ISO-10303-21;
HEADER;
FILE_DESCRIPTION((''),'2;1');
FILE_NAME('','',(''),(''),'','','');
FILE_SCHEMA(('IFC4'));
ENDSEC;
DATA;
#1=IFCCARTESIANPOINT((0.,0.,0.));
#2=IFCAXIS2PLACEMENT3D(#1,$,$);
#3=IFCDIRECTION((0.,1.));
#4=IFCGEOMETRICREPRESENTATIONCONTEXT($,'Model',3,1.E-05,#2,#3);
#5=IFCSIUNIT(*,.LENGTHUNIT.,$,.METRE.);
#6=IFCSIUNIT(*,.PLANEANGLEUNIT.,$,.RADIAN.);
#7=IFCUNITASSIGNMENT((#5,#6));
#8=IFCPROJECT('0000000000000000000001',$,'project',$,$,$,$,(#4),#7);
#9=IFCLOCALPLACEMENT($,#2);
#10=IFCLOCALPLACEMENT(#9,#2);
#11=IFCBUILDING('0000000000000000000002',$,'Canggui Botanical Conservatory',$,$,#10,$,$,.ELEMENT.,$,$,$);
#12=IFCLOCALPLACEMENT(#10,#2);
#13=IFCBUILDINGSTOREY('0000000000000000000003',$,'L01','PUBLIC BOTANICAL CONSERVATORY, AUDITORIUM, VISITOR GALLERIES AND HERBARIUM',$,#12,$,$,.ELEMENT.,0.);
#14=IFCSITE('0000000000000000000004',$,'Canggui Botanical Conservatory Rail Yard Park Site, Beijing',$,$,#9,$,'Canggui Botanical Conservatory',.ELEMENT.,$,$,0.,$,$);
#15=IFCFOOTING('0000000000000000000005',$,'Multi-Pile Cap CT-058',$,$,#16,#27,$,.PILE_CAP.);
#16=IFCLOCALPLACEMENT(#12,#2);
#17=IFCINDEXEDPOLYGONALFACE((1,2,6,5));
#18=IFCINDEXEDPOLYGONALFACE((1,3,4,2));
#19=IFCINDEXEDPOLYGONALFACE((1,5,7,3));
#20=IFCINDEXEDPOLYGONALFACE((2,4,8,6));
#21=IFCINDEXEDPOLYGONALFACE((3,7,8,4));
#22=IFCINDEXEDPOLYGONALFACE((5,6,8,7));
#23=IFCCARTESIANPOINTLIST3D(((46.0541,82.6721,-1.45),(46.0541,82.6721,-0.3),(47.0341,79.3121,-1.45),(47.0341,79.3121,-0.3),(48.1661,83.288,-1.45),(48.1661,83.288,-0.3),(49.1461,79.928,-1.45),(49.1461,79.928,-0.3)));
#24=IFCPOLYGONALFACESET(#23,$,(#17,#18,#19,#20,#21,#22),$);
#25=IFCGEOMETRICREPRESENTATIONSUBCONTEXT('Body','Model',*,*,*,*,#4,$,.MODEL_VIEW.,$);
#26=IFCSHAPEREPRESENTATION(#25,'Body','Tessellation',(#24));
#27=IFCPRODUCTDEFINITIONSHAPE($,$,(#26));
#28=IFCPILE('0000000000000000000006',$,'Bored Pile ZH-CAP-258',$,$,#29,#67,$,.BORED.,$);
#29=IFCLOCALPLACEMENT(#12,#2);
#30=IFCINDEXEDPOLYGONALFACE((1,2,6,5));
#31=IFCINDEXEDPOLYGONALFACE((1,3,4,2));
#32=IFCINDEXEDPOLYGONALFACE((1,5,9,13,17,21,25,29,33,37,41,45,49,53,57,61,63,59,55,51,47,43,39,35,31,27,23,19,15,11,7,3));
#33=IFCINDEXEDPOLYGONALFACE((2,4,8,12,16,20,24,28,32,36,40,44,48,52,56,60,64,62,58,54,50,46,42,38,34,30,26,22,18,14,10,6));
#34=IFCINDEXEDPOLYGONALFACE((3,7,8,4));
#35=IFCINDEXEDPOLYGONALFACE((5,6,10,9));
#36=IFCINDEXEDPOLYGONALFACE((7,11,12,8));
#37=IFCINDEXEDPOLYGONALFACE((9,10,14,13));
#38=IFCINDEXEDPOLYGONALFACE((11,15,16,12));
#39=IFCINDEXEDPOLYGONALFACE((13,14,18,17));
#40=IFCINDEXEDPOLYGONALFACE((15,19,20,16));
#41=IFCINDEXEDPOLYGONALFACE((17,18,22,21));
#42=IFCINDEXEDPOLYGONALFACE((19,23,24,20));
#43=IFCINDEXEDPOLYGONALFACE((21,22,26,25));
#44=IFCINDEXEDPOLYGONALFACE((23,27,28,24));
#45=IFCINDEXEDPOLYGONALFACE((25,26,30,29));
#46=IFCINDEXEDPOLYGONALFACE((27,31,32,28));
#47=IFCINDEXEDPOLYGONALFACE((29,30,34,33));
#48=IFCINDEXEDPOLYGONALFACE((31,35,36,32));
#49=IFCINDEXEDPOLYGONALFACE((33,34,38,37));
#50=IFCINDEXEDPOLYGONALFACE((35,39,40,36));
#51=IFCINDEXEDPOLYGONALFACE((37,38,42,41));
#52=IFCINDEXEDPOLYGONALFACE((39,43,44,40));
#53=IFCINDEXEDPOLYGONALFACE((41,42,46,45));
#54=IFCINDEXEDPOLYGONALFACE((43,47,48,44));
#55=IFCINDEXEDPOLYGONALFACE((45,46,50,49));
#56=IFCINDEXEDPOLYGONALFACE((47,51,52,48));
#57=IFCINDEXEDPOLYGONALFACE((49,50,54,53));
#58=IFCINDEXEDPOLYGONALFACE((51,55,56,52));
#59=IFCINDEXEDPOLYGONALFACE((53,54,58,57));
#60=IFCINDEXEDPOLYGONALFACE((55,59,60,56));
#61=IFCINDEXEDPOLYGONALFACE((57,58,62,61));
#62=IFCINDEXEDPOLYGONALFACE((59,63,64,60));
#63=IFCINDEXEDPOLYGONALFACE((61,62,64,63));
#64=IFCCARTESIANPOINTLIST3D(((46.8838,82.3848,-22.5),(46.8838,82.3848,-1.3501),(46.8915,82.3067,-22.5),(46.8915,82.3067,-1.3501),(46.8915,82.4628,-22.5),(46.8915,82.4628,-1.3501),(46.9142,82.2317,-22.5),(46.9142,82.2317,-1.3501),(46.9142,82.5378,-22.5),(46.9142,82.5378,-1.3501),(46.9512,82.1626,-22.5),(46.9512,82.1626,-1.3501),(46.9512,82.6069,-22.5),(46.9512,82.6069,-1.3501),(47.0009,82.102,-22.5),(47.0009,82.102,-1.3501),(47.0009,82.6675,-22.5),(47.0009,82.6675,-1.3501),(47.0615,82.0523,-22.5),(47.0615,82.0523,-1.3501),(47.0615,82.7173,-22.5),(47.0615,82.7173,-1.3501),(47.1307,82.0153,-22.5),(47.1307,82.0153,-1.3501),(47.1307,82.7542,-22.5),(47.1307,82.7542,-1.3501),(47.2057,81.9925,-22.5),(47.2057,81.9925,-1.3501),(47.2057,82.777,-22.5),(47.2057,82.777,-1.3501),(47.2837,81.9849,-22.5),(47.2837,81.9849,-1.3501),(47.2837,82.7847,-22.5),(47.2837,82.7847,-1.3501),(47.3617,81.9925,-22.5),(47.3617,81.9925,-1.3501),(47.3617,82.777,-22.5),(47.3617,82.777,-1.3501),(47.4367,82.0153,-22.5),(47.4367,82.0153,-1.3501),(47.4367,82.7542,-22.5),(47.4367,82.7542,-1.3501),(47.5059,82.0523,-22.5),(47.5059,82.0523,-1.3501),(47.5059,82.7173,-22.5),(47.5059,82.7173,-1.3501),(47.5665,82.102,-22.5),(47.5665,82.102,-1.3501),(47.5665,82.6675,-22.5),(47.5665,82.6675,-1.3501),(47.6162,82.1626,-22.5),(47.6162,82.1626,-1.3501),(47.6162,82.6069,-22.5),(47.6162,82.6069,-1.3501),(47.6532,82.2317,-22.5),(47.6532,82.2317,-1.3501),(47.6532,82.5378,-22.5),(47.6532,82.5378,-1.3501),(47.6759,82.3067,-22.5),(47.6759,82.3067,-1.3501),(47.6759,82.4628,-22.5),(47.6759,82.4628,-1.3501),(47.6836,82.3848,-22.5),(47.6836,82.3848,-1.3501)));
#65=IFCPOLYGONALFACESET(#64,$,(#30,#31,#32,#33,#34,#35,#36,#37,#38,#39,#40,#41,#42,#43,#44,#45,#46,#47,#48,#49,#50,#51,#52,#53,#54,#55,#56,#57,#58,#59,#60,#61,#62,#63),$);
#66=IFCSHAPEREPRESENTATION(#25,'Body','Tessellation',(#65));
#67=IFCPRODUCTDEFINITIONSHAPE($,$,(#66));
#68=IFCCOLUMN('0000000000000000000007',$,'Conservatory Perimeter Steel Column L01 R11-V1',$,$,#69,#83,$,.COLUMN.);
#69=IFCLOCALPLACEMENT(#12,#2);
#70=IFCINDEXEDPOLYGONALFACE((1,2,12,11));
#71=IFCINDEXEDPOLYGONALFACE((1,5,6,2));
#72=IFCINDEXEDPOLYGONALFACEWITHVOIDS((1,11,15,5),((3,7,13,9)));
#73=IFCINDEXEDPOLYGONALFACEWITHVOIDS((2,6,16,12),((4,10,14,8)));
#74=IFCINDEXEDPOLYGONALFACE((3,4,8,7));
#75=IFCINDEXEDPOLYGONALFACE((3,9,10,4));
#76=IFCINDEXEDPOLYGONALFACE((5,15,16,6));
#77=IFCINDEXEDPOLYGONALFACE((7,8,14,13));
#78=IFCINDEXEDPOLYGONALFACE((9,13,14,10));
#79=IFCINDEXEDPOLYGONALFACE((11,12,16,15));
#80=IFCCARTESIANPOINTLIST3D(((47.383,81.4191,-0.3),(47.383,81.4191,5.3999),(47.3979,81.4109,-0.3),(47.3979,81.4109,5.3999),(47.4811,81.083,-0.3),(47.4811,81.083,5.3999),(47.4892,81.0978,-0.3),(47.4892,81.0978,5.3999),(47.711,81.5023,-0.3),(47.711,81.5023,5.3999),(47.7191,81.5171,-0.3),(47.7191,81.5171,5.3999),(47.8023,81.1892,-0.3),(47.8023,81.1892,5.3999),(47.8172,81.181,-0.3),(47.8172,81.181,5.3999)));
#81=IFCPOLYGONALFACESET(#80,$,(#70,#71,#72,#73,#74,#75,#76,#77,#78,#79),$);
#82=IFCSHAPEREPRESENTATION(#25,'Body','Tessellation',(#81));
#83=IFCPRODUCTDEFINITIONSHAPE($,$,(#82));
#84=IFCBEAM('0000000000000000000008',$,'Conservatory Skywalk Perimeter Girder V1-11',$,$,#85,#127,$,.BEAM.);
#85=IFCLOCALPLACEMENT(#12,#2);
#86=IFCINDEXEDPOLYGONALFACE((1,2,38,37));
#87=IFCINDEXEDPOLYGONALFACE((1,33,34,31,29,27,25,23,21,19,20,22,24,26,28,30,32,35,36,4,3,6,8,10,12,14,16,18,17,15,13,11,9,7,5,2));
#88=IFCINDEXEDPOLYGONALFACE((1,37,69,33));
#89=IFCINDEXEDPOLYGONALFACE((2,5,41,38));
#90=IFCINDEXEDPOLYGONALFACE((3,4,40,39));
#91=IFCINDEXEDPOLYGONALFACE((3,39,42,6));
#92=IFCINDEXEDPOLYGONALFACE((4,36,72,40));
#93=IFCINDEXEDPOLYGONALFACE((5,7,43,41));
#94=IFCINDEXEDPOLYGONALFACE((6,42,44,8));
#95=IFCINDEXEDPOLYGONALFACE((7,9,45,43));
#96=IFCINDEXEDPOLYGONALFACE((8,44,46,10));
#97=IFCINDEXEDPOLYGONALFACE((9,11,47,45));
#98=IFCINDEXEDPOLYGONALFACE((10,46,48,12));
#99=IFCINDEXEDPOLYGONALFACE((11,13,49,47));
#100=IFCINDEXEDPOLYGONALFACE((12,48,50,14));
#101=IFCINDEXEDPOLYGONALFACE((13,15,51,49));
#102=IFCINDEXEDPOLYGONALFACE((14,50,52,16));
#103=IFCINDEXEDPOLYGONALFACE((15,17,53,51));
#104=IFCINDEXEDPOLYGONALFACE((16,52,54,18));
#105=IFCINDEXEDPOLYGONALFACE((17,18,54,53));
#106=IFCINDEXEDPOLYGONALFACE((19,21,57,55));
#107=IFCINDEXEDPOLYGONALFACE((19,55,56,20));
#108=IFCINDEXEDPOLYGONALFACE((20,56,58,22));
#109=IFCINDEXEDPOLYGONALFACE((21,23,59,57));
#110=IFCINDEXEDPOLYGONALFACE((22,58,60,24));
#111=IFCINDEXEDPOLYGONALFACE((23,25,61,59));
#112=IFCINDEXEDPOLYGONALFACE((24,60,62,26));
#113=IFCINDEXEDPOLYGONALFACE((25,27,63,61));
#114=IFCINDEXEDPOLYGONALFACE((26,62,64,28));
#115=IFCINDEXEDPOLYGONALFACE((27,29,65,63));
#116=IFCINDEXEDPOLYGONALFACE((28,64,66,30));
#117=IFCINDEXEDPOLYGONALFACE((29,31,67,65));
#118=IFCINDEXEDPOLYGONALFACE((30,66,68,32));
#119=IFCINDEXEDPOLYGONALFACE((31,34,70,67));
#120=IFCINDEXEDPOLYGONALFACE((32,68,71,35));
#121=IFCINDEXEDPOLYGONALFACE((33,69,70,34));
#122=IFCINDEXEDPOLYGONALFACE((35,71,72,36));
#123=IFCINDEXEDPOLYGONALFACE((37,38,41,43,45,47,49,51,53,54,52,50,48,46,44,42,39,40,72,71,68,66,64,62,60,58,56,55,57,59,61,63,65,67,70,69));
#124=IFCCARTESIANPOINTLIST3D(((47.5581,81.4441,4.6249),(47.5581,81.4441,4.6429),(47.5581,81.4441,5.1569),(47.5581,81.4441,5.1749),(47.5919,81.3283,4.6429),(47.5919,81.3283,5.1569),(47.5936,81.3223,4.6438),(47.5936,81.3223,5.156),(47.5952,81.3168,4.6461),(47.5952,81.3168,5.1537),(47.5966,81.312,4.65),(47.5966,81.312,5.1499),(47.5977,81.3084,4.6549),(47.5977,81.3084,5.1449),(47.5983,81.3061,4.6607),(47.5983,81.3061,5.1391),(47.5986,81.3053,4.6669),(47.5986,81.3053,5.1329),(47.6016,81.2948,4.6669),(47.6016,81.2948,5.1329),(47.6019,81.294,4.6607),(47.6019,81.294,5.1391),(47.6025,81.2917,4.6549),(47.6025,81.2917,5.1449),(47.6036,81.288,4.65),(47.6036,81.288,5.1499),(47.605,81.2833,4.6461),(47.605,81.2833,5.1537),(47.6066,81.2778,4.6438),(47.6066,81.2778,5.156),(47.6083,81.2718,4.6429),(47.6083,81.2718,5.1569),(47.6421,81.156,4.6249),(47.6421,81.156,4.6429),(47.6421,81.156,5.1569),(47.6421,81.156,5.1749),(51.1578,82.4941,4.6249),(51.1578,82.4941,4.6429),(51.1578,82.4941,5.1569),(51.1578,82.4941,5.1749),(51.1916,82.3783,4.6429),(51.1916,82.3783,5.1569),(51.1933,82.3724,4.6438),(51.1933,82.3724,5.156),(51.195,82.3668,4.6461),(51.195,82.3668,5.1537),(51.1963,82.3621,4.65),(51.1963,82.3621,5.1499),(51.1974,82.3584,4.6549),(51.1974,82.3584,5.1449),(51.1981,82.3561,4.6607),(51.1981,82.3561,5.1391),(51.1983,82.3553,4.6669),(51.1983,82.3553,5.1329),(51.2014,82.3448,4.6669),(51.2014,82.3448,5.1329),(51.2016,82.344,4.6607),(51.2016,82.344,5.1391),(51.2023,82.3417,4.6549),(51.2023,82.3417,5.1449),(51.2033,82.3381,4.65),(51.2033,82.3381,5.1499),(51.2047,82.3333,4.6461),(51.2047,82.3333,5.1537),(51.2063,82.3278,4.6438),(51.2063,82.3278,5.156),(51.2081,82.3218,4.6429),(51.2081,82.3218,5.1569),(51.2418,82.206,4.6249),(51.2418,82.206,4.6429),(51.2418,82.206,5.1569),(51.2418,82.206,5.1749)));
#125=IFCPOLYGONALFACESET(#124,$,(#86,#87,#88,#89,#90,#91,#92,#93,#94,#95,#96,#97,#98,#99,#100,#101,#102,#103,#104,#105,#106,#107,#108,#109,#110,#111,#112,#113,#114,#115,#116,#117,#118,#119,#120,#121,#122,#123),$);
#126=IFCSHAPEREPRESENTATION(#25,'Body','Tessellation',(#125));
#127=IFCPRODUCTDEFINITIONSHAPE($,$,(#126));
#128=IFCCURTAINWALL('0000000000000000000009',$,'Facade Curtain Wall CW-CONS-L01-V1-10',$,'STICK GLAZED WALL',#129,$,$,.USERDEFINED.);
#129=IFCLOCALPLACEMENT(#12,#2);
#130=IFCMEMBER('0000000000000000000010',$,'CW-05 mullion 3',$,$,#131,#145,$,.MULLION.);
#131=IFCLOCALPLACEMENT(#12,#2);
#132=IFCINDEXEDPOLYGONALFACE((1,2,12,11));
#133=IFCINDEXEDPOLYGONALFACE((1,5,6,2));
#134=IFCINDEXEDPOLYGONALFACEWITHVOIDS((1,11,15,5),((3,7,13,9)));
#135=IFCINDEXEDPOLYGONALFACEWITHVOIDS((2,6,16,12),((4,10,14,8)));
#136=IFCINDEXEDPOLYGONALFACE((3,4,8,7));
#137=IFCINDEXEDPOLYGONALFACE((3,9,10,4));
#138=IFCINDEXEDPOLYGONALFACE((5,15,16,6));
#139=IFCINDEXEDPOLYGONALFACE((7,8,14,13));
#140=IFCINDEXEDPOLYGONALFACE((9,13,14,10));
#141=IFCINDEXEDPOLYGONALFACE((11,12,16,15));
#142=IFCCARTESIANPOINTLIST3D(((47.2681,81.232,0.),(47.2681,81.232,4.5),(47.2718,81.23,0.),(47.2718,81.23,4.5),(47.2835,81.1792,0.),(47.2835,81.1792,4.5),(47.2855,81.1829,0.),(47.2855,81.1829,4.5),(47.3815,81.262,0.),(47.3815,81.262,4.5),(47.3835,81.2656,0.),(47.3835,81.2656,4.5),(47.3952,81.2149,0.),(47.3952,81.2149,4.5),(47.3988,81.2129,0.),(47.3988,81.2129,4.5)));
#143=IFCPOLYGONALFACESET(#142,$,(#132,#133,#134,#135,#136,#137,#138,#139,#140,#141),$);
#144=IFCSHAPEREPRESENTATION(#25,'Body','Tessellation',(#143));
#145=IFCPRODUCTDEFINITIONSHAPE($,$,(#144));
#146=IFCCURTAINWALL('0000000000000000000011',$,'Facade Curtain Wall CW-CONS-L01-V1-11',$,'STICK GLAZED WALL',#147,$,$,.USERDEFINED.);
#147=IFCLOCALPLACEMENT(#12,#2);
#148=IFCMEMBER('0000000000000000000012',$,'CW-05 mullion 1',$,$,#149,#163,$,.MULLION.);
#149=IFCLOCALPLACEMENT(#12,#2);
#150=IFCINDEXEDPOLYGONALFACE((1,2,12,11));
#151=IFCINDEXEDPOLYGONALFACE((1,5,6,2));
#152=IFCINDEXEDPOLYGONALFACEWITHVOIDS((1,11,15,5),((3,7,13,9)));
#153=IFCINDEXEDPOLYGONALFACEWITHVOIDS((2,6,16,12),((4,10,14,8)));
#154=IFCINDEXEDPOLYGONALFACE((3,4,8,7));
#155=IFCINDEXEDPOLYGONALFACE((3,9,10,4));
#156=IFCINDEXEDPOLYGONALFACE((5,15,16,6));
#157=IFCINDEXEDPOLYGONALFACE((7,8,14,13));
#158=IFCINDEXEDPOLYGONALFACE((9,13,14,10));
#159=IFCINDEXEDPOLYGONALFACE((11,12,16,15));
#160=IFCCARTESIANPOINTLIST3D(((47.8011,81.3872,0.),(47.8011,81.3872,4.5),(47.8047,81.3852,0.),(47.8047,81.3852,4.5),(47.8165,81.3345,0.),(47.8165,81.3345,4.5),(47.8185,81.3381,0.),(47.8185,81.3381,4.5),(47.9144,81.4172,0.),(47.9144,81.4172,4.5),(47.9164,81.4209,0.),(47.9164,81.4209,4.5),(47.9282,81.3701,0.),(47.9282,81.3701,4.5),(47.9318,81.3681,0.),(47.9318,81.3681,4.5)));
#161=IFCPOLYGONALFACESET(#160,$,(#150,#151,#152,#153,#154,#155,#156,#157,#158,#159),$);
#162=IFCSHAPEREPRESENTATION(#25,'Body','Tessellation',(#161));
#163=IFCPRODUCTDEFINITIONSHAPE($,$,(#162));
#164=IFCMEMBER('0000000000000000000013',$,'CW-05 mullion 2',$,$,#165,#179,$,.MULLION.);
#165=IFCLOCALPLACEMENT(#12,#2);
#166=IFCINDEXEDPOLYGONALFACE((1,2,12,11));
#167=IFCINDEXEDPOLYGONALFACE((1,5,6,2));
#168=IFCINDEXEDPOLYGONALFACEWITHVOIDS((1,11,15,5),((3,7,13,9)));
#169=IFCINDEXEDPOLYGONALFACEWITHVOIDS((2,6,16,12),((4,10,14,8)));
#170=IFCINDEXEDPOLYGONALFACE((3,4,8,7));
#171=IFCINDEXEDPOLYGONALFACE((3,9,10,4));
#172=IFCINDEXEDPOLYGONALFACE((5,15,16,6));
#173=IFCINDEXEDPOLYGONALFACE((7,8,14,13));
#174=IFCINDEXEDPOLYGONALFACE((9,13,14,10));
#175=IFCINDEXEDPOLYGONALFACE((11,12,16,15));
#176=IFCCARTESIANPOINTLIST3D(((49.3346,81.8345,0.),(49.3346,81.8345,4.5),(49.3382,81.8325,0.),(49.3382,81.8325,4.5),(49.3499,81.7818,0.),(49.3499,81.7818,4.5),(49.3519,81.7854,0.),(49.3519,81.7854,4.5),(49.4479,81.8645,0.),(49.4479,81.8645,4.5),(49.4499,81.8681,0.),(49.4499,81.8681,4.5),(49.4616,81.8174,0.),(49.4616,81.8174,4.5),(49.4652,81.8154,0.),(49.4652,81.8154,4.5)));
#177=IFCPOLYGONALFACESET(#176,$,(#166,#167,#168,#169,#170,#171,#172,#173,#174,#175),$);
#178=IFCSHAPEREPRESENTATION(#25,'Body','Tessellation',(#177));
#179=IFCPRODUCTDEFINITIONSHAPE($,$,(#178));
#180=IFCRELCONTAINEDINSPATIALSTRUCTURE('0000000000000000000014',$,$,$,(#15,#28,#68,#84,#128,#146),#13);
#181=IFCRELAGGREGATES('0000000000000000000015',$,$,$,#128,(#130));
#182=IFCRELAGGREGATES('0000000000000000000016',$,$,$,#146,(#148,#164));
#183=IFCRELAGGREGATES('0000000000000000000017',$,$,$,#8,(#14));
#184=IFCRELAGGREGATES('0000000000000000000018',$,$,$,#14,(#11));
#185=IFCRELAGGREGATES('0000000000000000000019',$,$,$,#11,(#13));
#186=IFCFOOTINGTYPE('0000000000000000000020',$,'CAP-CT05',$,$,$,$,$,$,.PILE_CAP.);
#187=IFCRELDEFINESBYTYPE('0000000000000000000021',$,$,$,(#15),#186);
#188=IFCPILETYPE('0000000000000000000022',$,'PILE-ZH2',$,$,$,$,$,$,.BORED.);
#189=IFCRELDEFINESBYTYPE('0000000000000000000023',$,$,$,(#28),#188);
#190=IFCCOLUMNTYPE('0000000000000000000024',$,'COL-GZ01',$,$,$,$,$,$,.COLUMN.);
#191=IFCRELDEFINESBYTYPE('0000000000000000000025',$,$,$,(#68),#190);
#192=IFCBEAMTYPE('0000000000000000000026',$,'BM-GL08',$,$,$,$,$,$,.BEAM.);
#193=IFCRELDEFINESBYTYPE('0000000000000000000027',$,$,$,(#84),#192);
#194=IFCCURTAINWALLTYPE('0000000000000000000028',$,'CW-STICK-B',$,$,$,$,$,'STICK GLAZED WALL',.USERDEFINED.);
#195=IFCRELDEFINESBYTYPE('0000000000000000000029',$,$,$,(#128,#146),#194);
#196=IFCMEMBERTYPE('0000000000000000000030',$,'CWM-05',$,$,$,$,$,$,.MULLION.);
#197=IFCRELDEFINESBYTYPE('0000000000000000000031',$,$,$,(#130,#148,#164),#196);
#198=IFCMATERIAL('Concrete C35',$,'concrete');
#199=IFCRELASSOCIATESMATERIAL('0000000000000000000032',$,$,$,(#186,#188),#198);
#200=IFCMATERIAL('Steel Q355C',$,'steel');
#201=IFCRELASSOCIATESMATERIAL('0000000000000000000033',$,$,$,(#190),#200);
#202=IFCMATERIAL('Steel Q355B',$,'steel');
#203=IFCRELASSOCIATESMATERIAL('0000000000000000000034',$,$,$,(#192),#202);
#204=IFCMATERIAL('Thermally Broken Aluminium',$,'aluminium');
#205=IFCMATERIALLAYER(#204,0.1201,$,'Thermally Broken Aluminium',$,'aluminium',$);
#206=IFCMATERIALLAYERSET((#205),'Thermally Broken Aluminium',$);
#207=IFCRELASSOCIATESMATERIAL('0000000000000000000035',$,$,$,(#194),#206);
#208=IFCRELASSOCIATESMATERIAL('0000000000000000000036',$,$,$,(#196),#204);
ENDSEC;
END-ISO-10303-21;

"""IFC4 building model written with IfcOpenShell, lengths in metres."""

from ifc_helpers import new_model, si_unit, direction, frame, origin, origin_2d, place, context, subcontext, project, spatial, rectangle, hollow_rectangle, circle, i_section, extrude, material, layer, layer_set, material_profile, profile_set, type_object, element, aggregate, save


model = new_model("IFC4")

# Units and contexts
model_context = context("Model", 3, precision=1e-05, world=origin(), true_north=direction((0.0, 1.0)))
body_context = subcontext(model_context, "Body", "Model", "MODEL_VIEW")
ifc_project = project(units=[si_unit("LENGTHUNIT", "METRE"), si_unit("PLANEANGLEUNIT", "RADIAN")], contexts=[model_context])

# Site, building, storey
site_placement = place(None, origin())
site = spatial("IfcSite", under=ifc_project, at=site_placement, Name="Canggui Botanical Conservatory Rail Yard Park Site, Beijing", LongName="Canggui Botanical Conservatory", CompositionType="ELEMENT", RefElevation=0.0)
building_placement = place(site_placement, origin())
building = spatial("IfcBuilding", under=site, at=building_placement, Name="Canggui Botanical Conservatory", CompositionType="ELEMENT")
storey_placement = place(building_placement, origin())
storey = spatial("IfcBuildingStorey", under=building, at=storey_placement, Name="L01", Description="PUBLIC BOTANICAL CONSERVATORY, AUDITORIUM, VISITOR GALLERIES AND HERBARIUM", CompositionType="ELEMENT", Elevation=0.0)

# Footing
ifc_material_1 = material(Name="Concrete C35", Category="concrete")
footing_type = type_object("IfcFootingType", Name="CAP-CT05", PredefinedType="PILE_CAP", material=ifc_material_1)
footing_placement = place(storey_placement, frame((47.6001, 81.3, -1.45), z_axis=(0.0, 0.0, 1.0), x_axis=(-0.28, 0.96, 0.0)))
element("IfcFooting", 1, at=footing_placement, inside=storey, type_object=footing_type, Name="Multi-Pile Cap CT-058", PredefinedType="PILE_CAP", context=body_context, shape_type="SweptSolid", body=[
    extrude(rectangle(XDim=3.5, YDim=2.2, at=origin_2d()), origin(), (0.0, 0.0, 1.0), 1.1499),
])

# Pile
ifc_material_profile_1 = material_profile(ifc_material_1, circle(Radius=0.3999, at=origin_2d()), Name="PILE D800")
ifc_profile_set_1 = profile_set([ifc_material_profile_1], Name="Concrete C35")
pile_type = type_object("IfcPileType", Name="PILE-ZH2", PredefinedType="BORED", material=ifc_profile_set_1)
pile_placement = place(storey_placement, frame((47.2837, 82.3848, -1.3501), z_axis=(0.0, 0.0, -1.0), x_axis=(1.0, 0.0, 0.0)))
element("IfcPile", 2, at=pile_placement, inside=storey, type_object=pile_type, Name="Bored Pile ZH-CAP-258", PredefinedType="BORED", context=body_context, shape_type="SweptSolid", body=[
    extrude(circle(Radius=0.3999, at=origin_2d()), origin(), (0.0, 0.0, 1.0), 21.1499),
])

# Column
ifc_material_2 = material(Name="Steel Q355C", Category="steel")
ifc_material_profile_2 = material_profile(ifc_material_2, hollow_rectangle(XDim=0.3501, YDim=0.3501, WallThickness=0.012, at=origin_2d()), Name="SHS 350x350x12")
ifc_profile_set_2 = profile_set([ifc_material_profile_2], Name="Steel Q355C")
column_type = type_object("IfcColumnType", Name="COL-GZ01", PredefinedType="COLUMN", material=ifc_profile_set_2)
column_placement = place(storey_placement, frame((47.6001, 81.3, -0.3), z_axis=(0.0, 0.0, 1.0), x_axis=(0.96, 0.28, 0.0)))
element("IfcColumn", 3, at=column_placement, inside=storey, type_object=column_type, Name="Conservatory Perimeter Steel Column L01 R11-V1", PredefinedType="COLUMN", context=body_context, shape_type="SweptSolid", body=[
    extrude(hollow_rectangle(XDim=0.3501, YDim=0.3501, WallThickness=0.012, at=origin_2d()), origin(), (0.0, 0.0, 1.0), 5.7),
])

# Beam
ifc_material_3 = material(Name="Steel Q355B", Category="steel")
ifc_material_profile_3 = material_profile(ifc_material_3, i_section(OverallWidth=0.3, OverallDepth=0.55, WebThickness=0.011, FlangeThickness=0.0181, FilletRadius=0.0239, at=origin_2d()), Name="HM 550x300x11x18")
ifc_profile_set_3 = profile_set([ifc_material_profile_3], Name="Steel Q355B")
beam_type = type_object("IfcBeamType", Name="BM-GL08", PredefinedType="BEAM", material=ifc_profile_set_3)
beam_placement = place(storey_placement, frame((47.6001, 81.3, 4.8999), z_axis=(0.959993, 0.280023, 0.0), x_axis=(-0.280023, 0.959993, 0.0)))
element("IfcBeam", 4, at=beam_placement, inside=storey, type_object=beam_type, Name="Conservatory Skywalk Perimeter Girder V1-11", PredefinedType="BEAM", context=body_context, shape_type="SweptSolid", body=[
    extrude(i_section(OverallWidth=0.3, OverallDepth=0.55, WebThickness=0.011, FlangeThickness=0.0181, FilletRadius=0.0239, at=origin_2d()), origin(), (0.0, 0.0, 1.0), 3.7498),
])

# Curtain wall, member
ifc_material_4 = material(Name="Thermally Broken Aluminium", Category="aluminium")
ifc_layer_1 = layer(ifc_material_4, 0.1201, Name="Thermally Broken Aluminium", Category="aluminium")
ifc_layer_set_1 = layer_set([ifc_layer_1], Name="Thermally Broken Aluminium")
curtain_wall_type = type_object("IfcCurtainWallType", Name="CW-STICK-B", ElementType="STICK GLAZED WALL", PredefinedType="USERDEFINED", material=ifc_layer_set_1)
curtain_wall_1_placement = place(storey_placement, origin())
curtain_wall_1 = element("IfcCurtainWall", 5, at=curtain_wall_1_placement, inside=storey, type_object=curtain_wall_type, Name="Facade Curtain Wall CW-CONS-L01-V1-10", ObjectType="STICK GLAZED WALL", PredefinedType="USERDEFINED")
ifc_material_profile_4 = material_profile(ifc_material_4, hollow_rectangle(XDim=0.0549, YDim=0.1201, WallThickness=0.0029, at=origin_2d()), Name="CWM 55x120x3")
ifc_profile_set_4 = profile_set([ifc_material_profile_4], Name="Thermally Broken Aluminium")
member_type_1 = type_object("IfcMemberType", Name="CWM-05", PredefinedType="MULLION", material=ifc_profile_set_4)
member_1_placement = place(storey_placement, frame((47.3335, 81.2224, 0.0), z_axis=(0.0, 0.0, 1.0), x_axis=(-0.28, 0.96, 0.0)))
member_1 = element("IfcMember", 6, at=member_1_placement, type_object=member_type_1, Name="CW-05 mullion 3", PredefinedType="MULLION", context=body_context, shape_type="SweptSolid", body=[
    extrude(hollow_rectangle(XDim=0.0549, YDim=0.1201, WallThickness=0.0029, at=origin_2d()), origin(), (0.0, 0.0, 1.0), 4.5),
])

# Curtain wall, members
curtain_wall_2_placement = place(storey_placement, origin())
curtain_wall_2 = element("IfcCurtainWall", 7, at=curtain_wall_2_placement, inside=storey, type_object=curtain_wall_type, Name="Facade Curtain Wall CW-CONS-L01-V1-11", ObjectType="STICK GLAZED WALL", PredefinedType="USERDEFINED")
member_2_placement = place(storey_placement, frame((47.8665, 81.3777, 0.0), z_axis=(0.0, 0.0, 1.0), x_axis=(-0.28, 0.96, 0.0)))
member_2 = element("IfcMember", 8, at=member_2_placement, type_object=member_type_1, Name="CW-05 mullion 1", PredefinedType="MULLION", context=body_context, shape_type="SweptSolid", body=[
    extrude(hollow_rectangle(XDim=0.0549, YDim=0.1201, WallThickness=0.0029, at=origin_2d()), origin(), (0.0, 0.0, 1.0), 4.5),
])
member_3_placement = place(storey_placement, frame((49.3999, 81.825, 0.0), z_axis=(0.0, 0.0, 1.0), x_axis=(-0.28, 0.96, 0.0)))
member_3 = element("IfcMember", 9, at=member_3_placement, type_object=member_type_1, Name="CW-05 mullion 2", PredefinedType="MULLION", context=body_context, shape_type="SweptSolid", body=[
    extrude(hollow_rectangle(XDim=0.0549, YDim=0.1201, WallThickness=0.0029, at=origin_2d()), origin(), (0.0, 0.0, 1.0), 4.5),
])

aggregate(curtain_wall_1, [member_1])
aggregate(curtain_wall_2, [member_2, member_3])

save(model, "model.ifc")
